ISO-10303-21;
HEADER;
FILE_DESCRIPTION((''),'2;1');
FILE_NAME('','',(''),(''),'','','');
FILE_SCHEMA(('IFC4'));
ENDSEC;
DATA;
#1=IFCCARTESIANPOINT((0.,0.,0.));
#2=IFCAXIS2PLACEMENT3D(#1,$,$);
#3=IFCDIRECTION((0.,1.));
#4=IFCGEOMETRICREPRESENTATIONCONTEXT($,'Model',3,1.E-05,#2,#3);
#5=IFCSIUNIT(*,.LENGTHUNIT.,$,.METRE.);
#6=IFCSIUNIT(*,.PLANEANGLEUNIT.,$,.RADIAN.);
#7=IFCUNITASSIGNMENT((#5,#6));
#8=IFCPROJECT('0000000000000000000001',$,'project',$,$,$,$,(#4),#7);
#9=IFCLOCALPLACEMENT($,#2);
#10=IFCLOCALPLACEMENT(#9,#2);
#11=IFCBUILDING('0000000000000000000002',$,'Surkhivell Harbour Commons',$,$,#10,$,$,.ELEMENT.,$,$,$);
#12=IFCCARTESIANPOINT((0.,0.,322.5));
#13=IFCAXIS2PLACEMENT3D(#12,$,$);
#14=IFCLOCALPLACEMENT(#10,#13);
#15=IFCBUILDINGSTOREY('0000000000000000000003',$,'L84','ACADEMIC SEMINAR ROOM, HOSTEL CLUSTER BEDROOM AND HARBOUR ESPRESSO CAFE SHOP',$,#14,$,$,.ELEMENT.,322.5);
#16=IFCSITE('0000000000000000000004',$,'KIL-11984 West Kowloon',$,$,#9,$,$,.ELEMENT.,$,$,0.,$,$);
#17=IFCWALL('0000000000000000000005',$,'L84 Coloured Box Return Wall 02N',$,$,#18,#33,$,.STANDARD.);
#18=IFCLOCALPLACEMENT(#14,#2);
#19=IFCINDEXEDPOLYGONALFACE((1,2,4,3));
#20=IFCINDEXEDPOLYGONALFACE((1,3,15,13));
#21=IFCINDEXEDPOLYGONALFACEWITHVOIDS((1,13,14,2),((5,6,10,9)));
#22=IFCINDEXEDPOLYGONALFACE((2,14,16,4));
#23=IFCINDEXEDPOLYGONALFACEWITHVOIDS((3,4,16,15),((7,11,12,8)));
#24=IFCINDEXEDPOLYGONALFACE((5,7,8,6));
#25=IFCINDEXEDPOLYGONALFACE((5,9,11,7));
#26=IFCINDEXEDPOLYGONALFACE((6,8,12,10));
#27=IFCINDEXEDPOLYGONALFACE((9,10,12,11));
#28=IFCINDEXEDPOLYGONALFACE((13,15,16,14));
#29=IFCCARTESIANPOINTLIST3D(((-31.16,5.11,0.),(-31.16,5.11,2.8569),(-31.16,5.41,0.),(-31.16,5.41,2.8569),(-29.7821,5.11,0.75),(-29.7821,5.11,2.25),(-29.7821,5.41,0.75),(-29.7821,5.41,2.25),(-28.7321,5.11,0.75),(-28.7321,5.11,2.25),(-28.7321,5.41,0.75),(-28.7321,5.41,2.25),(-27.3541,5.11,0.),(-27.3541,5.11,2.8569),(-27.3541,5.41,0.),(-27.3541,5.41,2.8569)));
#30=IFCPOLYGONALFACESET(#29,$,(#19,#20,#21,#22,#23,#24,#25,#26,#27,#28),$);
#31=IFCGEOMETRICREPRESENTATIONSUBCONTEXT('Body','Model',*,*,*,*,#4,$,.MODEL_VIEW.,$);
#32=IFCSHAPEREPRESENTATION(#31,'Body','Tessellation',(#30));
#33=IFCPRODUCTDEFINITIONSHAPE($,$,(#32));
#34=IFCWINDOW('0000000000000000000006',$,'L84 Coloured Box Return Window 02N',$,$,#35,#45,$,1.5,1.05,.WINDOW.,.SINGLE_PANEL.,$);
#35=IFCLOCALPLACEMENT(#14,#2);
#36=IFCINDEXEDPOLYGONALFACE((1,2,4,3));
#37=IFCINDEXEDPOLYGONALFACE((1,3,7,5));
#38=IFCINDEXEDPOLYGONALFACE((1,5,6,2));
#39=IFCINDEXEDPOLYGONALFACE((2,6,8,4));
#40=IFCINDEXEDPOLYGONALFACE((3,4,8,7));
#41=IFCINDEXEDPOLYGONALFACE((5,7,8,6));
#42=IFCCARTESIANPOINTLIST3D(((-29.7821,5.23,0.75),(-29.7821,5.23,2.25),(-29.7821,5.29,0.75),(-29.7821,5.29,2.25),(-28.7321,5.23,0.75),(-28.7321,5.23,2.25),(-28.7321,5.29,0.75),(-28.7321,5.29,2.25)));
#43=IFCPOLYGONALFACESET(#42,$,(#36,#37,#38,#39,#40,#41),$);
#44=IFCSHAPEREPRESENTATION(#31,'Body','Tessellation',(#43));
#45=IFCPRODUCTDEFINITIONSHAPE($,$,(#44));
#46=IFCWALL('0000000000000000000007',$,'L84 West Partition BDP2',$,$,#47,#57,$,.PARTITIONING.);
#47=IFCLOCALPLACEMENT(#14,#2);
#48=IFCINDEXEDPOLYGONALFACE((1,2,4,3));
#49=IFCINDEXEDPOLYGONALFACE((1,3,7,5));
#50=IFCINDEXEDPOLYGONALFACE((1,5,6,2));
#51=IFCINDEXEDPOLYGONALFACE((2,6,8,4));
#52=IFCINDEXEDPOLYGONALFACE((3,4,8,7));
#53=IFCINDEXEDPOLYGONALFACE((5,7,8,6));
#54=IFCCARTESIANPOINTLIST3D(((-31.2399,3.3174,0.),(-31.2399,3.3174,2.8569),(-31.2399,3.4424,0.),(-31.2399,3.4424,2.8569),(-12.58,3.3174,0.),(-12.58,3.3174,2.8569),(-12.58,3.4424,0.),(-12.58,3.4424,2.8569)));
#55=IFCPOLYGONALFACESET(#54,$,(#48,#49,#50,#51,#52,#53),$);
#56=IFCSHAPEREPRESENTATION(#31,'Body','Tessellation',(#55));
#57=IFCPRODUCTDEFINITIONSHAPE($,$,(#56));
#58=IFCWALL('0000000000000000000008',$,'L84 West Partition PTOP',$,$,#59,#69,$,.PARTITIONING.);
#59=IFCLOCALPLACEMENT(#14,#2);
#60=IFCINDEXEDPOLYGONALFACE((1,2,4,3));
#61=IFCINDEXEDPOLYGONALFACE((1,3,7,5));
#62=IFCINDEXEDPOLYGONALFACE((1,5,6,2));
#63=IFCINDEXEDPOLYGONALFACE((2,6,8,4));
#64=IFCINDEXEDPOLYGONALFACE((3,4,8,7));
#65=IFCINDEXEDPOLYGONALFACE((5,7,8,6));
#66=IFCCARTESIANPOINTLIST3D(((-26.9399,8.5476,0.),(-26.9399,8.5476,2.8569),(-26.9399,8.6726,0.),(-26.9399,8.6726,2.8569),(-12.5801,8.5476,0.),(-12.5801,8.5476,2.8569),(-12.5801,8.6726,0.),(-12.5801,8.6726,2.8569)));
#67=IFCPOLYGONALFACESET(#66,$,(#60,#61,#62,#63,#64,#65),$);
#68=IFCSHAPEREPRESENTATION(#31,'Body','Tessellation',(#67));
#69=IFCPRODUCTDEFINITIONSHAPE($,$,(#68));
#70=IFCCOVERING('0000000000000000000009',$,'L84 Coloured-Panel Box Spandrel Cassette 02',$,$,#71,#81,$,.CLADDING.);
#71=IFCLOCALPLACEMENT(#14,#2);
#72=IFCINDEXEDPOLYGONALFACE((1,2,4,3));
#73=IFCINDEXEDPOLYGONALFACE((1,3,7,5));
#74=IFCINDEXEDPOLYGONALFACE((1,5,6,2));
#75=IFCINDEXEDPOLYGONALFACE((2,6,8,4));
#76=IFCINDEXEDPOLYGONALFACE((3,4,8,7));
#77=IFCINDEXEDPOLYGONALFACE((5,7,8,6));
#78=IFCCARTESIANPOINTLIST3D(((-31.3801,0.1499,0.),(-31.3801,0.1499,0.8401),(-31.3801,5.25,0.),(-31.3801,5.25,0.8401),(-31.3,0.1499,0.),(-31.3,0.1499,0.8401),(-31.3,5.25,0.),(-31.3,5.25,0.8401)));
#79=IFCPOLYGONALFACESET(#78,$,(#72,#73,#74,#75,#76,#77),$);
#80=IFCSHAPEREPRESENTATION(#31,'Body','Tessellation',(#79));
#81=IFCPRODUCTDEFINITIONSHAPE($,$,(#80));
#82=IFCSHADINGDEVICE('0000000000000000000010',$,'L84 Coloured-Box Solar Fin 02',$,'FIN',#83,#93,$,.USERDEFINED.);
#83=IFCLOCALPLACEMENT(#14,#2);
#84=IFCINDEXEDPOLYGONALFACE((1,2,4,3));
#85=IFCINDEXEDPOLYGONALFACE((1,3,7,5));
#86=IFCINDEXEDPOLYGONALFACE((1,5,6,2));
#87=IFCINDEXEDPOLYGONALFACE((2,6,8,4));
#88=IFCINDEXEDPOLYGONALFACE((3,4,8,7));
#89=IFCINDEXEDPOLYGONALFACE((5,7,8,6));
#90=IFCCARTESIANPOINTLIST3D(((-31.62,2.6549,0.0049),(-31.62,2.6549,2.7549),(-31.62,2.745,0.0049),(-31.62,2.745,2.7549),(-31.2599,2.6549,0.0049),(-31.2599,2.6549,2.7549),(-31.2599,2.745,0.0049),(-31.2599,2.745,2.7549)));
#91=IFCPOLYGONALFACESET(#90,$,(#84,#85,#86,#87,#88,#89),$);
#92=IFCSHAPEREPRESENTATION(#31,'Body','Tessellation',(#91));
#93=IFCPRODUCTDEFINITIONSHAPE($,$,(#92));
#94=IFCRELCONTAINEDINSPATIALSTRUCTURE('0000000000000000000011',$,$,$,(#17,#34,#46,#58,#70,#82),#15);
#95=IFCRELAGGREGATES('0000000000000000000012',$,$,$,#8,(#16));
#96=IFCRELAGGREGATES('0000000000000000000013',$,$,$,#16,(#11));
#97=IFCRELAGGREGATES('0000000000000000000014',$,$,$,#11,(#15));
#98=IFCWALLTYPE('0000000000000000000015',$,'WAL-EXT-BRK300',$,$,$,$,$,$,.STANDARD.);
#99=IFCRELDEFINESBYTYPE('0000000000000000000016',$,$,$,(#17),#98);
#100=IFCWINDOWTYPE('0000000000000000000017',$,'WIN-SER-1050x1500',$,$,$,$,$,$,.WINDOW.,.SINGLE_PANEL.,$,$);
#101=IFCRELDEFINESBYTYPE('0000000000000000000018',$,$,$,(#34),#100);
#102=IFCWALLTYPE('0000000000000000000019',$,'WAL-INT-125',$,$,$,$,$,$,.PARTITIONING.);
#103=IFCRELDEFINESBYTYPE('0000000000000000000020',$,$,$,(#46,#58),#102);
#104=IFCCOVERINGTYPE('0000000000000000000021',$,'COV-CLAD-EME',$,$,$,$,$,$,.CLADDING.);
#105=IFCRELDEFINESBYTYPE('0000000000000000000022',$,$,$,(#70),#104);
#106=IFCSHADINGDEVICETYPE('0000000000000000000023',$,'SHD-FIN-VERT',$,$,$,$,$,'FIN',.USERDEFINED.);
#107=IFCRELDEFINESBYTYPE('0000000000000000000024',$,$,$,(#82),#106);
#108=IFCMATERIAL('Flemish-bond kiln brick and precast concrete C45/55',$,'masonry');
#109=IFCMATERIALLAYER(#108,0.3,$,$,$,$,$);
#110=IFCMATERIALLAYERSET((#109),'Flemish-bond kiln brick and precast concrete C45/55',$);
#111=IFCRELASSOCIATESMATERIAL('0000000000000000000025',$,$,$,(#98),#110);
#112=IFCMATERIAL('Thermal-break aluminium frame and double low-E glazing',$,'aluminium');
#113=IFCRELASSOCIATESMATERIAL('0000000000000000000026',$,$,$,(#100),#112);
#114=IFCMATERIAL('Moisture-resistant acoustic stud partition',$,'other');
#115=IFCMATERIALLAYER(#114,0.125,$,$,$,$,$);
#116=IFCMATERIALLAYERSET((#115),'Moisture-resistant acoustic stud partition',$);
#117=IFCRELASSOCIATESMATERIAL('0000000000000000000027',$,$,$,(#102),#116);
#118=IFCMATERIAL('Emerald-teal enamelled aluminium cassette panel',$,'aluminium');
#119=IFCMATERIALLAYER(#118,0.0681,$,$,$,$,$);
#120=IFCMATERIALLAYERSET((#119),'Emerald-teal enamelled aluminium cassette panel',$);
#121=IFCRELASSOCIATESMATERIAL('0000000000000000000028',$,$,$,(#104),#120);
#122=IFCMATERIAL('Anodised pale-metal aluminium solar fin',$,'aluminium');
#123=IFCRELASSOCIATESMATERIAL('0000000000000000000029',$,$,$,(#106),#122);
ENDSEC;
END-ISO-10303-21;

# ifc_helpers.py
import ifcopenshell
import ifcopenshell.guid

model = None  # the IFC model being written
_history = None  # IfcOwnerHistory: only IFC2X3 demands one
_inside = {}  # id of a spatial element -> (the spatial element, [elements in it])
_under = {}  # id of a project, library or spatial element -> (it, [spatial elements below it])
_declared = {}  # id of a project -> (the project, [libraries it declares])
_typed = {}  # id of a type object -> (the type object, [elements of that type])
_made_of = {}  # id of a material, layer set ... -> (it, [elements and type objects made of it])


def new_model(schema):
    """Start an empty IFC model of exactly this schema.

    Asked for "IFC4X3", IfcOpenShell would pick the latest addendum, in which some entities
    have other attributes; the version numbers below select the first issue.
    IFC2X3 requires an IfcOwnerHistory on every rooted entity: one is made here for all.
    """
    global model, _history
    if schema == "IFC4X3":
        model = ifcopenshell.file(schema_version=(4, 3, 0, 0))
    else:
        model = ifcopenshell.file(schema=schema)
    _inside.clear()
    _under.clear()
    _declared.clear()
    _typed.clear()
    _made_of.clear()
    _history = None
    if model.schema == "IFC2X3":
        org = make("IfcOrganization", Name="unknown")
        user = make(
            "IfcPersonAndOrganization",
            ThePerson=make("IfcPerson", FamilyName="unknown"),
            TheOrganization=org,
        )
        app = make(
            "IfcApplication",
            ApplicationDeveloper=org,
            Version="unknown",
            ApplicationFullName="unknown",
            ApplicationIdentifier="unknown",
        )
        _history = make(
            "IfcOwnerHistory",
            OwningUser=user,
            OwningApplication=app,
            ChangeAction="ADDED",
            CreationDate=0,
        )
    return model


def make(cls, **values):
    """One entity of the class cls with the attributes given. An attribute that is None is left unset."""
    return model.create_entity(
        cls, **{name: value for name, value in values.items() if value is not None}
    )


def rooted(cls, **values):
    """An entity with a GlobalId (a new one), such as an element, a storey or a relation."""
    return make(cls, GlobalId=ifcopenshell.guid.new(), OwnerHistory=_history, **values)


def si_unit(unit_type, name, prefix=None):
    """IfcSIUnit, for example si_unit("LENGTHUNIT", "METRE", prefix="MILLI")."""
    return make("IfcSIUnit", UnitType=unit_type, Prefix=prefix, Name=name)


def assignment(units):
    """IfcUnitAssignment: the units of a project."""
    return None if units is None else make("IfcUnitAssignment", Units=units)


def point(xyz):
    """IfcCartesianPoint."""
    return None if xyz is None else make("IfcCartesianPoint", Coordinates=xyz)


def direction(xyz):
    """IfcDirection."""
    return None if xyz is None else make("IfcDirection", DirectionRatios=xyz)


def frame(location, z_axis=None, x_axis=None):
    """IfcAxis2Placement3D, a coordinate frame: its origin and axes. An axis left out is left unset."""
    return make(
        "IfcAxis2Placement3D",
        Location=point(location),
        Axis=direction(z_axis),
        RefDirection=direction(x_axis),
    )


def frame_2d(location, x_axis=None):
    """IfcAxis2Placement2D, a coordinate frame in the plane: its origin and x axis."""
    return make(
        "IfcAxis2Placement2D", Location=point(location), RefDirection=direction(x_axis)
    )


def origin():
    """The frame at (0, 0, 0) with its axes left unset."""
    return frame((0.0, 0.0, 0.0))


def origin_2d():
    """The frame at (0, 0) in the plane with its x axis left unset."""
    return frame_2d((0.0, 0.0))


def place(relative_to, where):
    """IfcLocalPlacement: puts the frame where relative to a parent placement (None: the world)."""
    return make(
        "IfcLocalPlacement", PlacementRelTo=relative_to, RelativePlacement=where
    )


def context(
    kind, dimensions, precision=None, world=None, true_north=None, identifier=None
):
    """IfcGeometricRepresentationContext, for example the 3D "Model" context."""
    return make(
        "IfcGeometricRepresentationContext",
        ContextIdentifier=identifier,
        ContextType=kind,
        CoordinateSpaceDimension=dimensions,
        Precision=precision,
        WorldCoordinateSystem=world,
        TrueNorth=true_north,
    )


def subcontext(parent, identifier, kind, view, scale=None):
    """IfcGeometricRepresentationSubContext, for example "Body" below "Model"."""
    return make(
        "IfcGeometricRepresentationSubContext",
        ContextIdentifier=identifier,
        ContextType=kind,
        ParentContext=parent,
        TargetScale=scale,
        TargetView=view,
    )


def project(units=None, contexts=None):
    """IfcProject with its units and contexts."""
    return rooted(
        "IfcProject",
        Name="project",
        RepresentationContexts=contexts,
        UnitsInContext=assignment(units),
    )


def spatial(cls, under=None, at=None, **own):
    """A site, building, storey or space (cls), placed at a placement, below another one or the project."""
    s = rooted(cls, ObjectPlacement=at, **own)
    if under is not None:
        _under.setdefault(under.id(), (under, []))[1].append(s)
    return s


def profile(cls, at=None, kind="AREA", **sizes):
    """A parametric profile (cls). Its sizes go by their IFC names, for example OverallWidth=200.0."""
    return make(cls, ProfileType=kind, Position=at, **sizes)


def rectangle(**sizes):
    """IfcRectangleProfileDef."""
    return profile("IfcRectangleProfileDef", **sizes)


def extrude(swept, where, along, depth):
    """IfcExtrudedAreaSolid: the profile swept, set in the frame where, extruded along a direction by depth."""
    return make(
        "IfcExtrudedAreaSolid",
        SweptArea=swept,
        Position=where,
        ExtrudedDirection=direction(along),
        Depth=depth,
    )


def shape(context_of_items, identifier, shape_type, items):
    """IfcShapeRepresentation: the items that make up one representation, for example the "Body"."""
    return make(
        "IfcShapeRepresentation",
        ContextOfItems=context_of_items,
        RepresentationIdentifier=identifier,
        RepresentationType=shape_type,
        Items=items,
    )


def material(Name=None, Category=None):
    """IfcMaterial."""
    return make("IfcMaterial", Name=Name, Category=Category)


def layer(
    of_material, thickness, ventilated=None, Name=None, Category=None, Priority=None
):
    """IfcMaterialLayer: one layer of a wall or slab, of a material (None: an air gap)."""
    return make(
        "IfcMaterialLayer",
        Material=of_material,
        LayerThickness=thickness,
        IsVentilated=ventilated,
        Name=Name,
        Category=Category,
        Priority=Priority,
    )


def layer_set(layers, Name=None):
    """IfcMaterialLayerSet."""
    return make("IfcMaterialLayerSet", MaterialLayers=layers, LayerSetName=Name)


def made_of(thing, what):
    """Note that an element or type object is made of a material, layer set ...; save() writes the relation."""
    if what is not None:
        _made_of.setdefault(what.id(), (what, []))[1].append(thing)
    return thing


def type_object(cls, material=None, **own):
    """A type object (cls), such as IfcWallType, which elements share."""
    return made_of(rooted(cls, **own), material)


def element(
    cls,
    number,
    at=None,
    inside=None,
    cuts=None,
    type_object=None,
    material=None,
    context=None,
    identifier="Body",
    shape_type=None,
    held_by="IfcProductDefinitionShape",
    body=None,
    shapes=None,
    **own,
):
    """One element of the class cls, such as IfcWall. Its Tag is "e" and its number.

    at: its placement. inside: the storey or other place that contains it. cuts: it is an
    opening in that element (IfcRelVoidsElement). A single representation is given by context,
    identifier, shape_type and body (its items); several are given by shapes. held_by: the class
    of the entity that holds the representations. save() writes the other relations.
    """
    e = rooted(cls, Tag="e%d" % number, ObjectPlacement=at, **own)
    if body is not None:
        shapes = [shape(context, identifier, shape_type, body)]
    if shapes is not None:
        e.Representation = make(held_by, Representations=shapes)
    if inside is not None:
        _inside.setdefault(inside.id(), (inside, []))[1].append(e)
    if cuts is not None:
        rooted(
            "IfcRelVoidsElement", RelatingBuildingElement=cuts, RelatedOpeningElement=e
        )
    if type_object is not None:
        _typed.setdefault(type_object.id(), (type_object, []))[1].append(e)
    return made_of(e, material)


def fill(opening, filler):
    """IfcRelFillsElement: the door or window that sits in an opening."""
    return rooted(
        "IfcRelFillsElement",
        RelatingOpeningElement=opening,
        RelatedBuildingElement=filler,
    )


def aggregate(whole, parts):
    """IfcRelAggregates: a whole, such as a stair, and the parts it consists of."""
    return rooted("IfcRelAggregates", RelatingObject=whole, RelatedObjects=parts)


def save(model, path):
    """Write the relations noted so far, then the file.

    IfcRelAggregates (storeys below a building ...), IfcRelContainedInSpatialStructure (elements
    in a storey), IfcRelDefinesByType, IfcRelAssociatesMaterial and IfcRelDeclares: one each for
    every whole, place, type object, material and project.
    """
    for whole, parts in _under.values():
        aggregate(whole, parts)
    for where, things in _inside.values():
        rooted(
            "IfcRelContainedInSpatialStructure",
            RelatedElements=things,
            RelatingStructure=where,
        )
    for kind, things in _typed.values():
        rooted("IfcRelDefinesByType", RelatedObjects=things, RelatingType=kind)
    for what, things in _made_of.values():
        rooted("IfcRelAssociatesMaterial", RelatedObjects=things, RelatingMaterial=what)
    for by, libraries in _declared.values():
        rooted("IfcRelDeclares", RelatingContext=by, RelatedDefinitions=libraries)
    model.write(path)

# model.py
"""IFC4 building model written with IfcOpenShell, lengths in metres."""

from ifc_helpers import new_model, si_unit, direction, frame, frame_2d, origin, origin_2d, place, context, subcontext, project, spatial, rectangle, extrude, material, layer, layer_set, type_object, element, fill, save


model = new_model("IFC4")

# Units and contexts
model_context = context("Model", 3, precision=1e-05, world=origin(), true_north=direction((0.0, 1.0)))
body_context = subcontext(model_context, "Body", "Model", "MODEL_VIEW")
ifc_project = project(units=[si_unit("LENGTHUNIT", "METRE"), si_unit("PLANEANGLEUNIT", "RADIAN")], contexts=[model_context])

# Site, building, storey
site_placement = place(None, origin())
site = spatial("IfcSite", under=ifc_project, at=site_placement, Name="KIL-11984 West Kowloon", CompositionType="ELEMENT", RefElevation=0.0)
building_placement = place(site_placement, origin())
building = spatial("IfcBuilding", under=site, at=building_placement, Name="Surkhivell Harbour Commons", CompositionType="ELEMENT")
storey_placement = place(building_placement, frame((0.0, 0.0, 322.5)))
storey = spatial("IfcBuildingStorey", under=building, at=storey_placement, Name="L84", Description="ACADEMIC SEMINAR ROOM, HOSTEL CLUSTER BEDROOM AND HARBOUR ESPRESSO CAFE SHOP", CompositionType="ELEMENT", Elevation=322.5)

# Wall, opening, window
ifc_material_1 = material(Name="Flemish-bond kiln brick and precast concrete C45/55", Category="masonry")
ifc_layer_1 = layer(ifc_material_1, 0.3)
ifc_layer_set_1 = layer_set([ifc_layer_1], Name="Flemish-bond kiln brick and precast concrete C45/55")
wall_type_1 = type_object("IfcWallType", Name="WAL-EXT-BRK300", PredefinedType="STANDARD", material=ifc_layer_set_1)
ifc_material_2 = material(Name="Thermal-break aluminium frame and double low-E glazing", Category="aluminium")
window_type_1 = type_object("IfcWindowType", Name="WIN-SER-1050x1500", PartitioningType="SINGLE_PANEL", PredefinedType="WINDOW", material=ifc_material_2)
wall_1_placement = place(storey_placement, frame((-31.1599, 5.26, 0.0), z_axis=(0.0, 0.0, 1.0), x_axis=(1.0, 0.0, 0.0)))
wall_1 = element("IfcWall", 1, at=wall_1_placement, inside=storey, type_object=wall_type_1, Name="L84 Coloured Box Return Wall 02N", PredefinedType="STANDARD", context=body_context, shape_type="SweptSolid", body=[
    extrude(rectangle(XDim=3.8059, YDim=0.3, at=frame_2d((1.9028, 0.0))), origin(), (0.0, 0.0, 1.0), 2.8569),
])
opening_1_placement = place(wall_1_placement, frame((1.3779, 0.0, 0.75)))
opening_1 = element("IfcOpeningElement", 2, at=opening_1_placement, cuts=wall_1, PredefinedType="OPENING", context=body_context, shape_type="SweptSolid", body=[
    extrude(rectangle(XDim=1.05, YDim=1.5, at=frame_2d((0.5249, 0.75))), frame((0.0, 0.1599, 0.0), z_axis=(0.0, -1.0, 0.0), x_axis=(1.0, 0.0, 0.0)), (0.0, 0.0, 1.0), 0.3201),
])
window_1_placement = place(opening_1_placement, origin())
window_1 = element("IfcWindow", 3, at=window_1_placement, inside=storey, type_object=window_type_1, Name="L84 Coloured Box Return Window 02N", OverallHeight=1.5, OverallWidth=1.05, PartitioningType="SINGLE_PANEL", PredefinedType="WINDOW", context=body_context, shape_type="SweptSolid", body=[
    extrude(rectangle(XDim=1.05, YDim=1.5, at=frame_2d((0.5249, 0.75))), frame((0.0, 0.03, 0.0), z_axis=(0.0, -1.0, 0.0), x_axis=(1.0, 0.0, 0.0)), (0.0, 0.0, 1.0), 0.0601),
])
fill(opening_1, window_1)

# Walls
ifc_material_3 = material(Name="Moisture-resistant acoustic stud partition", Category="other")
ifc_layer_2 = layer(ifc_material_3, 0.125)
ifc_layer_set_2 = layer_set([ifc_layer_2], Name="Moisture-resistant acoustic stud partition")
wall_type_2 = type_object("IfcWallType", Name="WAL-INT-125", PredefinedType="PARTITIONING", material=ifc_layer_set_2)
wall_2_placement = place(storey_placement, frame((-31.24, 3.3799, 0.0), z_axis=(0.0, 0.0, 1.0), x_axis=(1.0, 0.0, 0.0)))
element("IfcWall", 4, at=wall_2_placement, inside=storey, type_object=wall_type_2, Name="L84 West Partition BDP2", PredefinedType="PARTITIONING", context=body_context, shape_type="SweptSolid", body=[
    extrude(rectangle(XDim=18.6599, YDim=0.125, at=frame_2d((9.3301, 0.0))), origin(), (0.0, 0.0, 1.0), 2.8569),
])
wall_3_placement = place(storey_placement, frame((-26.9399, 8.6101, 0.0), z_axis=(0.0, 0.0, 1.0), x_axis=(1.0, 0.0, 0.0)))
element("IfcWall", 5, at=wall_3_placement, inside=storey, type_object=wall_type_2, Name="L84 West Partition PTOP", PredefinedType="PARTITIONING", context=body_context, shape_type="SweptSolid", body=[
    extrude(rectangle(XDim=14.3599, YDim=0.125, at=frame_2d((7.1799, 0.0))), origin(), (0.0, 0.0, 1.0), 2.8569),
])

# Covering
ifc_material_4 = material(Name="Emerald-teal enamelled aluminium cassette panel", Category="aluminium")
ifc_layer_3 = layer(ifc_material_4, 0.0681)
ifc_layer_set_3 = layer_set([ifc_layer_3], Name="Emerald-teal enamelled aluminium cassette panel")
covering_type = type_object("IfcCoveringType", Name="COV-CLAD-EME", PredefinedType="CLADDING", material=ifc_layer_set_3)
covering_placement = place(storey_placement, frame((-31.3401, 2.7, 0.0), z_axis=(0.0, 0.0, 1.0), x_axis=(1.0, 0.0, 0.0)))
element("IfcCovering", 6, at=covering_placement, inside=storey, type_object=covering_type, Name="L84 Coloured-Panel Box Spandrel Cassette 02", PredefinedType="CLADDING", context=body_context, shape_type="SweptSolid", body=[
    extrude(rectangle(XDim=0.0801, YDim=5.1001, at=origin_2d()), origin(), (0.0, 0.0, 1.0), 0.8401),
])

# Shading device
ifc_material_5 = material(Name="Anodised pale-metal aluminium solar fin", Category="aluminium")
shading_device_type = type_object("IfcShadingDeviceType", Name="SHD-FIN-VERT", ElementType="FIN", PredefinedType="USERDEFINED", material=ifc_material_5)
shading_device_placement = place(storey_placement, frame((-31.4399, 2.7, 0.0049), z_axis=(0.0, 0.0, 1.0), x_axis=(1.0, 0.0, 0.0)))
element("IfcShadingDevice", 7, at=shading_device_placement, inside=storey, type_object=shading_device_type, Name="L84 Coloured-Box Solar Fin 02", ObjectType="FIN", PredefinedType="USERDEFINED", context=body_context, shape_type="SweptSolid", body=[
    extrude(rectangle(XDim=0.3601, YDim=0.0901, at=origin_2d()), origin(), (0.0, 0.0, 1.0), 2.75),
])

save(model, "model.ifc")
